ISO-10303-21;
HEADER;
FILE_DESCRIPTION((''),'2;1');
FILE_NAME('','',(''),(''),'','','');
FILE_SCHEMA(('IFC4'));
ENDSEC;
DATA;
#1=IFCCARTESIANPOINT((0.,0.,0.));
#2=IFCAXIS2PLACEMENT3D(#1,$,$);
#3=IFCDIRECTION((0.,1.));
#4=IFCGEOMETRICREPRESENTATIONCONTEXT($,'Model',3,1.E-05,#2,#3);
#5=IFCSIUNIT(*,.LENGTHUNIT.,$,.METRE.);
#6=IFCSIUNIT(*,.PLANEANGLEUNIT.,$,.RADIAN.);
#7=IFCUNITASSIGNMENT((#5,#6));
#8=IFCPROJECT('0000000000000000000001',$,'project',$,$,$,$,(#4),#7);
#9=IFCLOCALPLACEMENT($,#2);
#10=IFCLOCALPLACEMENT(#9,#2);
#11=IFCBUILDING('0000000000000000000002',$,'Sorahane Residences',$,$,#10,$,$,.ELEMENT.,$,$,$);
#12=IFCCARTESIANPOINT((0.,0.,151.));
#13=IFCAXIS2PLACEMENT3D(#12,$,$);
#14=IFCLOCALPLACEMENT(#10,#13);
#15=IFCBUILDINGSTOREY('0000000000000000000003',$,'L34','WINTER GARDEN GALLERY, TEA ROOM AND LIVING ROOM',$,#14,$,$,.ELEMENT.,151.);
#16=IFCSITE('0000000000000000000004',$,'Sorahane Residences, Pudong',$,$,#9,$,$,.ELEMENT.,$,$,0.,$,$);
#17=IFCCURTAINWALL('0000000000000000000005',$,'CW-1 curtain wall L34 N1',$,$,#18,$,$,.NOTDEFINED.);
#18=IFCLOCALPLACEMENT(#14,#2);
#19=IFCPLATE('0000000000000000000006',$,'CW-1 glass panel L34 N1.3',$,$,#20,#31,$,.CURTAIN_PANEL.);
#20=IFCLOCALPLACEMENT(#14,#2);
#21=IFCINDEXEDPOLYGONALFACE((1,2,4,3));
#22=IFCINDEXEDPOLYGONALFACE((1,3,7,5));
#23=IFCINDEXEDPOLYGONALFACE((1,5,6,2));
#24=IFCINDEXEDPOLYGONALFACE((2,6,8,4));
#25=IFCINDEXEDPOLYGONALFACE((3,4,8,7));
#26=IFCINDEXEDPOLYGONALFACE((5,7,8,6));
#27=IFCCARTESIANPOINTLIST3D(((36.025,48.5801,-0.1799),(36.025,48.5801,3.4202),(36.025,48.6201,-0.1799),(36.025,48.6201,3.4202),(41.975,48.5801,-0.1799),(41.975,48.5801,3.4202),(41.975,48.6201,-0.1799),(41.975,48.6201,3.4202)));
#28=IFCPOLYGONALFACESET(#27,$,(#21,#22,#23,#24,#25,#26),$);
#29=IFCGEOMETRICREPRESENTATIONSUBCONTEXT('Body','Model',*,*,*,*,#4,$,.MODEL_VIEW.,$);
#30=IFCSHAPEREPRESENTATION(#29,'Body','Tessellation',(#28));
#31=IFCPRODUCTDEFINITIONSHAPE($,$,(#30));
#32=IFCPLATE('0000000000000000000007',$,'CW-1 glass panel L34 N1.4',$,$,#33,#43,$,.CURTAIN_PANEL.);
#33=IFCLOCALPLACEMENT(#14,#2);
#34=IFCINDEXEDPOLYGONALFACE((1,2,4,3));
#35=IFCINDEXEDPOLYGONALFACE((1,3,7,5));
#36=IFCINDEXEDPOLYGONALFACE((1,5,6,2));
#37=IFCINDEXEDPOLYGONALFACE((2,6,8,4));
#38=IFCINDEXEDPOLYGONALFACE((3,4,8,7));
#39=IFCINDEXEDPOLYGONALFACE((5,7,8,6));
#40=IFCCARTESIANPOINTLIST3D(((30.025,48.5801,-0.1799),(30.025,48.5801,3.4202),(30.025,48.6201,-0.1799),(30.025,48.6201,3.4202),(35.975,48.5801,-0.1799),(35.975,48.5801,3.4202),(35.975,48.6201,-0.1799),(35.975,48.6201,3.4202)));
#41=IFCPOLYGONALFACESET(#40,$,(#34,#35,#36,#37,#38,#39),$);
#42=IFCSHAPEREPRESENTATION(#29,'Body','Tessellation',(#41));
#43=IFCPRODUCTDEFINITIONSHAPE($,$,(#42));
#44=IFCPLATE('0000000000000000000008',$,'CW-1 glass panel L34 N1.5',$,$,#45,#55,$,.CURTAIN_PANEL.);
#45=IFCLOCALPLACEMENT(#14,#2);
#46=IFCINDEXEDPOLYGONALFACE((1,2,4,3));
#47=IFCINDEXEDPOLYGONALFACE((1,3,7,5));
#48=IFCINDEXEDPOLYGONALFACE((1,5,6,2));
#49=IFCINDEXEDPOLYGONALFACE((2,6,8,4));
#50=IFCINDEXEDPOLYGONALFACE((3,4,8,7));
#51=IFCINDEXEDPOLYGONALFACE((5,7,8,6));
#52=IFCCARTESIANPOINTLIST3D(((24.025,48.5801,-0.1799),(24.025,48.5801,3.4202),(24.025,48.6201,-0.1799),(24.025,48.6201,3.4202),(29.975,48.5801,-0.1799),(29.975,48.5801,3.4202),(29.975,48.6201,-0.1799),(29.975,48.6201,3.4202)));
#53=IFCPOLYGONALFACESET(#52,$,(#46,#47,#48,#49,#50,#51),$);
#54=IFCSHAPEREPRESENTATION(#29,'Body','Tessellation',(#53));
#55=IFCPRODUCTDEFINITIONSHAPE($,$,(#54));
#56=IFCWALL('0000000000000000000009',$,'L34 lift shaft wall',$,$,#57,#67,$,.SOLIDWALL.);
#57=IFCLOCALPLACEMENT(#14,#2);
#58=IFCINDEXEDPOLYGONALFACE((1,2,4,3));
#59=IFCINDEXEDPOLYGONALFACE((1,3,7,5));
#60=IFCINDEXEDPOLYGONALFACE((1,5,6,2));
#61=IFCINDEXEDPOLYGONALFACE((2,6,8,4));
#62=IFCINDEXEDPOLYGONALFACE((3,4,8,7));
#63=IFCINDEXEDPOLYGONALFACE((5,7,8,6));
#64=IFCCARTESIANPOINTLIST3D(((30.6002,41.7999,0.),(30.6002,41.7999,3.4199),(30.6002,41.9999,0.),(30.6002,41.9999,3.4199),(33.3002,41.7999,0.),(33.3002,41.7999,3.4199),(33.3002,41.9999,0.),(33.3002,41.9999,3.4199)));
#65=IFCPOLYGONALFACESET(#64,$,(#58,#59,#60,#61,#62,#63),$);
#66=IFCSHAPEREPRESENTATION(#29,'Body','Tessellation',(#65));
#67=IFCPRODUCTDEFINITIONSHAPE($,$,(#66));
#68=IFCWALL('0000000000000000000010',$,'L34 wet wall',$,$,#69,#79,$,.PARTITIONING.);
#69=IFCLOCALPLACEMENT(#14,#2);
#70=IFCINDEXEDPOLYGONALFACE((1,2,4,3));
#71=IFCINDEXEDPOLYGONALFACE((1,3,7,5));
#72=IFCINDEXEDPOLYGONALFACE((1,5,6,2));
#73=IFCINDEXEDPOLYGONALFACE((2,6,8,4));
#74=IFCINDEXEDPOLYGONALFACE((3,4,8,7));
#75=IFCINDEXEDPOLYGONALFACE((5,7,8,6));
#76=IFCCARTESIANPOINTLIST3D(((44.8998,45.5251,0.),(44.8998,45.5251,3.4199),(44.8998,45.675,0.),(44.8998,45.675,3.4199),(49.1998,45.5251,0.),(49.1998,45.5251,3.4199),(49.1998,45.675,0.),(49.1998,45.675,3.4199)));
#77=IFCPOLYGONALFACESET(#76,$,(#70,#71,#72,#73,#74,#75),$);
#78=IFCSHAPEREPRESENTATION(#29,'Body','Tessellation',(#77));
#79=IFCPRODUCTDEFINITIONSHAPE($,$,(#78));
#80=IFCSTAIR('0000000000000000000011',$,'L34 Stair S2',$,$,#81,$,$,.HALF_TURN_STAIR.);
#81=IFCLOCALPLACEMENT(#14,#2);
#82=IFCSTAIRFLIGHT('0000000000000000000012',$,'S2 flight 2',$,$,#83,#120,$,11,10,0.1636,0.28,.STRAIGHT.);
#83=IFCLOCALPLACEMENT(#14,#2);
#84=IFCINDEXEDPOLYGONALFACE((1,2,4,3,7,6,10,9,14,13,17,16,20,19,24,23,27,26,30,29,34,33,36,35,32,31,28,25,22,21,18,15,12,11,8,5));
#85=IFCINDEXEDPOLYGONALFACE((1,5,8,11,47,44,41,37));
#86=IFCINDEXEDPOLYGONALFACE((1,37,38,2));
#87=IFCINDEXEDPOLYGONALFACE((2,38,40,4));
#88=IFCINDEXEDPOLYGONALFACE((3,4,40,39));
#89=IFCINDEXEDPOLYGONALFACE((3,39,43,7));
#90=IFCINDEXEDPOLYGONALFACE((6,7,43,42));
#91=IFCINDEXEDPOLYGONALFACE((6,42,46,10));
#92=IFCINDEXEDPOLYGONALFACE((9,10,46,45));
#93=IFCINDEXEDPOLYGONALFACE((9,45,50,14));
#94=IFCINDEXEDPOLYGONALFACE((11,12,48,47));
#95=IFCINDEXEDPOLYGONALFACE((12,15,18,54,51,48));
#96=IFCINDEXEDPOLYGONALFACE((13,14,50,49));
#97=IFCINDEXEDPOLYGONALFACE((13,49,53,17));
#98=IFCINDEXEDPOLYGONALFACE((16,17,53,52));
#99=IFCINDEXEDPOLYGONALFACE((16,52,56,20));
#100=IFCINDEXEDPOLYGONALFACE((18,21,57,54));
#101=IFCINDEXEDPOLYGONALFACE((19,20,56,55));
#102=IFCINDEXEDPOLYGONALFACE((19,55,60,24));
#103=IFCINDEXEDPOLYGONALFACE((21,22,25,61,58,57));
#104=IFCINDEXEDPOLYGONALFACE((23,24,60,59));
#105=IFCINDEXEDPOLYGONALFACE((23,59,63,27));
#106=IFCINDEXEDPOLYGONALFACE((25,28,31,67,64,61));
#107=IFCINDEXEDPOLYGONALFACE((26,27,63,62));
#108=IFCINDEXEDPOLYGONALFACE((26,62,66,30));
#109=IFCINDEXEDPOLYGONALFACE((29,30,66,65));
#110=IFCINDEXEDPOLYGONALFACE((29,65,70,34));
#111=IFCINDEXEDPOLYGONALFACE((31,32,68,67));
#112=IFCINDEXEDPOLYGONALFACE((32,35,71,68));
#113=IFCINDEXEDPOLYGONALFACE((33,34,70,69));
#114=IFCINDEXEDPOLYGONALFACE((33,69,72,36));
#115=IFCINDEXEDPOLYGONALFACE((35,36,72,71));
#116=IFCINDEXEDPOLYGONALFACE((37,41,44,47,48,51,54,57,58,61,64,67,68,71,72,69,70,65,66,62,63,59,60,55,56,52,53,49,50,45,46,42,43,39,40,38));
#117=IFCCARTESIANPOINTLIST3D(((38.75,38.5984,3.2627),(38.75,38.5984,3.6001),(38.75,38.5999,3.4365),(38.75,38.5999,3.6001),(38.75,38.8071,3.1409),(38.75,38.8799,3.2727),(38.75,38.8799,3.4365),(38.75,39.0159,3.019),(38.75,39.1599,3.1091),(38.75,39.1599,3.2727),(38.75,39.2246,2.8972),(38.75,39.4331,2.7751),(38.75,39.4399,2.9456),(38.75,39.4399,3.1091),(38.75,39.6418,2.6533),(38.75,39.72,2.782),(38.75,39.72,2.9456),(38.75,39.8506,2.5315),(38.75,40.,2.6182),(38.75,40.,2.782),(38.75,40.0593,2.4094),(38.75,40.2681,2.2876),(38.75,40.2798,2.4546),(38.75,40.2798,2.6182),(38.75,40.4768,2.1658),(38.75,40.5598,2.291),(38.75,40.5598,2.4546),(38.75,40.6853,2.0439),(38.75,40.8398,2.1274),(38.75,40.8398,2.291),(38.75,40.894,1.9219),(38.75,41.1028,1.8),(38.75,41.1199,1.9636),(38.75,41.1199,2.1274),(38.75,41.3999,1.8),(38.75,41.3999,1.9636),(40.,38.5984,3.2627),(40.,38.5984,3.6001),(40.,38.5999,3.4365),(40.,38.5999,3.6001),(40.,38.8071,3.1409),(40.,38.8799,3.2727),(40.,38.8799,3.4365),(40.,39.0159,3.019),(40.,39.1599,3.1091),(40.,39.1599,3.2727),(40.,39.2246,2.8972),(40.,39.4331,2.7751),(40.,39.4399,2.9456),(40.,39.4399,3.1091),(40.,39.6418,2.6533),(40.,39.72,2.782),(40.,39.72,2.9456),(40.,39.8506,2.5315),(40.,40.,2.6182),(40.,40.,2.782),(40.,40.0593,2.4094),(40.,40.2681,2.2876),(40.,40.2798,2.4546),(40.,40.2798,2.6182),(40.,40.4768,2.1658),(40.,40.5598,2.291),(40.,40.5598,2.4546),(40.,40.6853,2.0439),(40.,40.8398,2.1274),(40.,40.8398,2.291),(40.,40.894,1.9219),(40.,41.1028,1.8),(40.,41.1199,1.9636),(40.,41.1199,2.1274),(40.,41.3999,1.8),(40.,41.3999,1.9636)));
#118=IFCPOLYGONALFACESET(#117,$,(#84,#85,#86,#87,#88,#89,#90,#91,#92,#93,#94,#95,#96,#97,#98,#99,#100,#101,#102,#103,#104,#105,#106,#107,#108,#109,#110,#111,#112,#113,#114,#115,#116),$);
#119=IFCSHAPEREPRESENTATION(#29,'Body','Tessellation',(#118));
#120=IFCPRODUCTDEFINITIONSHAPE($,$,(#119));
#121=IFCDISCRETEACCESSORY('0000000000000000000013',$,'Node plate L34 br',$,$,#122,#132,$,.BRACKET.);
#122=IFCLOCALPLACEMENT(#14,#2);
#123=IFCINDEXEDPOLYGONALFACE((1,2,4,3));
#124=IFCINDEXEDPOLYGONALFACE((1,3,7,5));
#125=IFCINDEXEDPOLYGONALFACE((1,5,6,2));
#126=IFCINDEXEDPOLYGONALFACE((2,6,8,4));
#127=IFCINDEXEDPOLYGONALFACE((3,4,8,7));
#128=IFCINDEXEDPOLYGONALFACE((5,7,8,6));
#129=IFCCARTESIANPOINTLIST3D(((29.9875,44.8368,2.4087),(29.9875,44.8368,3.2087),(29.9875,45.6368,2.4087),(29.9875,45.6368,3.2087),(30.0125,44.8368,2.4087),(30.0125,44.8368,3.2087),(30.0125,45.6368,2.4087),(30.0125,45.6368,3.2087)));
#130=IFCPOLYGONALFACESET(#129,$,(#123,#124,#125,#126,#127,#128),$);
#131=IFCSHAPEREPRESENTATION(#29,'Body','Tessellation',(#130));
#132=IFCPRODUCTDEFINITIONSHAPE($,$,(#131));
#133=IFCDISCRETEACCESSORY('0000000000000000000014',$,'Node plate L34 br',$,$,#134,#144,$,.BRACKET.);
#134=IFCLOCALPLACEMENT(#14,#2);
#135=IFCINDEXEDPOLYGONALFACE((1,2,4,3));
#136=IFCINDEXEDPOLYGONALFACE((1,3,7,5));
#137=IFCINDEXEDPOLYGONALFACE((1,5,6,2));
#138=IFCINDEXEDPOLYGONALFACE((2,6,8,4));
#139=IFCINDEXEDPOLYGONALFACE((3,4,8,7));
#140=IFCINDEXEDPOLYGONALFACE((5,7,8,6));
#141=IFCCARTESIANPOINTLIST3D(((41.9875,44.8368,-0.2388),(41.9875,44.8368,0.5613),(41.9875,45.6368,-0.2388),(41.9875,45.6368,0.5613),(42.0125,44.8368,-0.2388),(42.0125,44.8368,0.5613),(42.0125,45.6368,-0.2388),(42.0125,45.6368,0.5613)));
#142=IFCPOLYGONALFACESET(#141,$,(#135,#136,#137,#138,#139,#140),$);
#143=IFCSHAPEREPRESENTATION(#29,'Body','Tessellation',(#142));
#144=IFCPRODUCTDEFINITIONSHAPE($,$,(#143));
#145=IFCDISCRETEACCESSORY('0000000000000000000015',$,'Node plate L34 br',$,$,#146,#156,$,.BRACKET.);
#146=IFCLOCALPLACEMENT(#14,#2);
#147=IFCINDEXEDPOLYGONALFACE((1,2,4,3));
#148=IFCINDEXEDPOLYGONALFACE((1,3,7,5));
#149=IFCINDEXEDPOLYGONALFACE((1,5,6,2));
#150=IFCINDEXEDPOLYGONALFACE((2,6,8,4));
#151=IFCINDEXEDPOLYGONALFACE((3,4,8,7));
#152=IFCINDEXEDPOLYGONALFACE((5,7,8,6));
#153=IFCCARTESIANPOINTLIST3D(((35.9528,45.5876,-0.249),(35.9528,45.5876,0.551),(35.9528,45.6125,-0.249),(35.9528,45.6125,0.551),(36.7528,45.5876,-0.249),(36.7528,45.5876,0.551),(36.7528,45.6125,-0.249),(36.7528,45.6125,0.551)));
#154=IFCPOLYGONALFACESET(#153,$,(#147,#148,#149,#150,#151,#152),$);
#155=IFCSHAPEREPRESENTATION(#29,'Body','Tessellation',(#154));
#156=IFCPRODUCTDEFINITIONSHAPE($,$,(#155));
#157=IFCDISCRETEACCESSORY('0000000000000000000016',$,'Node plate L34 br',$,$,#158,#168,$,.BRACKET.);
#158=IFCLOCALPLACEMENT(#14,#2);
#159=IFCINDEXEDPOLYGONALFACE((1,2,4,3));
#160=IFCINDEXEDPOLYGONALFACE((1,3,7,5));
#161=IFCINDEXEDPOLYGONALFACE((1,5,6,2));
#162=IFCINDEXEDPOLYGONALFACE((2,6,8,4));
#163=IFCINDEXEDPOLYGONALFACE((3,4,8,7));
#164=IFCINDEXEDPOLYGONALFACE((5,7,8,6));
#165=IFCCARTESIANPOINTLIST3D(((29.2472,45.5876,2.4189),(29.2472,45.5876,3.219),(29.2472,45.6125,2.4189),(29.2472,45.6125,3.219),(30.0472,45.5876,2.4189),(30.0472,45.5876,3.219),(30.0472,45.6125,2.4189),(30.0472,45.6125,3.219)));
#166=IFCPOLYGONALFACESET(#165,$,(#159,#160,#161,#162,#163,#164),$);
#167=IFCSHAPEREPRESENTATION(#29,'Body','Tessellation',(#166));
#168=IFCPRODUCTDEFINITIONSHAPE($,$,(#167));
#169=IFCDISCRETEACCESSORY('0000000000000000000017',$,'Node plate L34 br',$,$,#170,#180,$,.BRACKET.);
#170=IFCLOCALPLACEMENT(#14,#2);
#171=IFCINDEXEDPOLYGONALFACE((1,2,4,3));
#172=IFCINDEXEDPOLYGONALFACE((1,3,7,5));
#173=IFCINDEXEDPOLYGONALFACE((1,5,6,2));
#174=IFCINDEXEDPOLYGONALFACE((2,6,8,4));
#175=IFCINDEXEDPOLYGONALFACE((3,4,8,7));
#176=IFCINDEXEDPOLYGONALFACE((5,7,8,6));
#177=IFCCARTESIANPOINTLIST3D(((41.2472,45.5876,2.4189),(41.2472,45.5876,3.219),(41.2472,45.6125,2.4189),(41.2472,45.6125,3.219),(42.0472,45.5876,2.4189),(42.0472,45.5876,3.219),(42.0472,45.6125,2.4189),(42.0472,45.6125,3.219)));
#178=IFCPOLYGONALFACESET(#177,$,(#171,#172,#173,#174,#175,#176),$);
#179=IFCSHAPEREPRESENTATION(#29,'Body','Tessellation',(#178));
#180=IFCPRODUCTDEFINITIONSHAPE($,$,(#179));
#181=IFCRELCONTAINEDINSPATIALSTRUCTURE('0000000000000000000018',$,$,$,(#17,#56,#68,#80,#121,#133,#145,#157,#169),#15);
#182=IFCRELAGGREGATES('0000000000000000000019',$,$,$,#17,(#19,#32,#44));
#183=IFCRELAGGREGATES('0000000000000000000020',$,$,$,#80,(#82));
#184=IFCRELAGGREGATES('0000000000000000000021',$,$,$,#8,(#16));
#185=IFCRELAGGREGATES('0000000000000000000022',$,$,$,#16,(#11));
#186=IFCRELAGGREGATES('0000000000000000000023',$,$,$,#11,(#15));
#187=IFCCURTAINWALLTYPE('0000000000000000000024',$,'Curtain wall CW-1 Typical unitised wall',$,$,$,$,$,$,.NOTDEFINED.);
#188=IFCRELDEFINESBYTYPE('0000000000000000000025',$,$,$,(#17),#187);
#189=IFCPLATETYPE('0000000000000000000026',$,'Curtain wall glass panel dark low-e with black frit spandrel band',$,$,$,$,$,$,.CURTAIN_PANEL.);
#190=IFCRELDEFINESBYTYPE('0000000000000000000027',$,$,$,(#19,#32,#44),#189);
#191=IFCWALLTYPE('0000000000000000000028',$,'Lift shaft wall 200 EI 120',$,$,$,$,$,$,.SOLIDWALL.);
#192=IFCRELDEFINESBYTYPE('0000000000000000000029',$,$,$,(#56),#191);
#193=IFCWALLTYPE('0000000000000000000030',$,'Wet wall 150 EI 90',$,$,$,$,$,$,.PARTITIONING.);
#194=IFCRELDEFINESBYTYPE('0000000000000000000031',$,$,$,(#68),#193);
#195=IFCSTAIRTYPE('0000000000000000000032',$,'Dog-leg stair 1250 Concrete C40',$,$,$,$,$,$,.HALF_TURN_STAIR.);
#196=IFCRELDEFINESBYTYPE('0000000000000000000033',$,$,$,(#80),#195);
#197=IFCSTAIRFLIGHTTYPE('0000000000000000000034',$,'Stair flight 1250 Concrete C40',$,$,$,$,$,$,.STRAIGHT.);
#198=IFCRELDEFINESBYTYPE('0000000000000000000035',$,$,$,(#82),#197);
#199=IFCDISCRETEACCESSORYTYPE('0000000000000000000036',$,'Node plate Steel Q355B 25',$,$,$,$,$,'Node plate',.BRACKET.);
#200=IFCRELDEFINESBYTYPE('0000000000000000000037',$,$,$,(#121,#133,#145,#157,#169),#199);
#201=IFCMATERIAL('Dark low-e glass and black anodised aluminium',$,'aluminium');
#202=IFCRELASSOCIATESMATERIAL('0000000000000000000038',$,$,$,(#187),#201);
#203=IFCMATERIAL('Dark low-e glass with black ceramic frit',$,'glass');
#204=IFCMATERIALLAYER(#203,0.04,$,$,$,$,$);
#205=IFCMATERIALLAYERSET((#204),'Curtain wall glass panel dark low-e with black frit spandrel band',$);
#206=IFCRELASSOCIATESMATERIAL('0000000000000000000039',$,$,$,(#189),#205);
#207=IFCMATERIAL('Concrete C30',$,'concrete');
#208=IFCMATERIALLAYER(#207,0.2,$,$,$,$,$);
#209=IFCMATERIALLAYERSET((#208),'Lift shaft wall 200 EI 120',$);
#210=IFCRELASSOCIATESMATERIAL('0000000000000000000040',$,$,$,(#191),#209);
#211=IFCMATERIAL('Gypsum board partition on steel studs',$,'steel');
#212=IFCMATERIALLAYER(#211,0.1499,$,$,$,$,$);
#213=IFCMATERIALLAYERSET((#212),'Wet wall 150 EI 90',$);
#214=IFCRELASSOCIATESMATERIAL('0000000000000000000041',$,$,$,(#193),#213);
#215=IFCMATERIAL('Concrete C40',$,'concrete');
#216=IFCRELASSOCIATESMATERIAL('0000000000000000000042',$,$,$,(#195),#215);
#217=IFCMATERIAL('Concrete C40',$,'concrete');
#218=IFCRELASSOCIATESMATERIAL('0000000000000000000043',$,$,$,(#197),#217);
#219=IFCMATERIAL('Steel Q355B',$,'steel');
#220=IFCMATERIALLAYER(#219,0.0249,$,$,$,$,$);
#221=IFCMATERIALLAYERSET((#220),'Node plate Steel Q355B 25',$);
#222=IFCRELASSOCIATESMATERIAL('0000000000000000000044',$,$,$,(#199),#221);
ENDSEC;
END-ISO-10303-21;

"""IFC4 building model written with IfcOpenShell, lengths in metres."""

from ifc_helpers import new_model, si_unit, direction, frame, frame_2d, origin, origin_2d, place, context, subcontext, project, spatial, polyline, rectangle, outline, extrude, material, layer, layer_set, type_object, element, aggregate, save


model = new_model("IFC4")

# Units and contexts
model_context = context("Model", 3, precision=1e-05, world=origin(), true_north=direction((0.0, 1.0)))
body_context = subcontext(model_context, "Body", "Model", "MODEL_VIEW")
ifc_project = project(units=[si_unit("LENGTHUNIT", "METRE"), si_unit("PLANEANGLEUNIT", "RADIAN")], contexts=[model_context])

# Site, building, storey
site_placement = place(None, origin())
site = spatial("IfcSite", under=ifc_project, at=site_placement, Name="Sorahane Residences, Pudong", CompositionType="ELEMENT", RefElevation=0.0)
building_placement = place(site_placement, origin())
building = spatial("IfcBuilding", under=site, at=building_placement, Name="Sorahane Residences", CompositionType="ELEMENT")
storey_placement = place(building_placement, frame((0.0, 0.0, 151.0)))
storey = spatial("IfcBuildingStorey", under=building, at=storey_placement, Name="L34", Description="WINTER GARDEN GALLERY, TEA ROOM AND LIVING ROOM", CompositionType="ELEMENT", Elevation=151.0)

# Curtain wall
ifc_material_1 = material(Name="Dark low-e glass and black anodised aluminium", Category="aluminium")
curtain_wall_type = type_object("IfcCurtainWallType", Name="Curtain wall CW-1 Typical unitised wall", PredefinedType="NOTDEFINED", material=ifc_material_1)
curtain_wall_placement = place(storey_placement, origin())
curtain_wall = element("IfcCurtainWall", 1, at=curtain_wall_placement, inside=storey, type_object=curtain_wall_type, Name="CW-1 curtain wall L34 N1", PredefinedType="NOTDEFINED")

# Plates
ifc_material_2 = material(Name="Dark low-e glass with black ceramic frit", Category="glass")
ifc_layer_1 = layer(ifc_material_2, 0.04)
ifc_layer_set_1 = layer_set([ifc_layer_1], Name="Curtain wall glass panel dark low-e with black frit spandrel band")
plate_type = type_object("IfcPlateType", Name="Curtain wall glass panel dark low-e with black frit spandrel band", PredefinedType="CURTAIN_PANEL", material=ifc_layer_set_1)
plate_1_placement = place(storey_placement, frame((39.0, 48.6001, -0.1799), z_axis=(0.0, 0.0, 1.0), x_axis=(-1.0, 0.0, 0.0)))
plate_1 = element("IfcPlate", 2, at=plate_1_placement, type_object=plate_type, Name="CW-1 glass panel L34 N1.3", PredefinedType="CURTAIN_PANEL", context=body_context, shape_type="SweptSolid", body=[
    extrude(rectangle(XDim=5.95, YDim=0.04, at=origin_2d()), origin(), (0.0, 0.0, 1.0), 3.6001),
])
plate_2_placement = place(storey_placement, frame((33.0, 48.6001, -0.1799), z_axis=(0.0, 0.0, 1.0), x_axis=(-1.0, 0.0, 0.0)))
plate_2 = element("IfcPlate", 3, at=plate_2_placement, type_object=plate_type, Name="CW-1 glass panel L34 N1.4", PredefinedType="CURTAIN_PANEL", context=body_context, shape_type="SweptSolid", body=[
    extrude(rectangle(XDim=5.95, YDim=0.04, at=origin_2d()), origin(), (0.0, 0.0, 1.0), 3.6001),
])
plate_3_placement = place(storey_placement, frame((27.0, 48.6001, -0.1799), z_axis=(0.0, 0.0, 1.0), x_axis=(-1.0, 0.0, 0.0)))
plate_3 = element("IfcPlate", 4, at=plate_3_placement, type_object=plate_type, Name="CW-1 glass panel L34 N1.5", PredefinedType="CURTAIN_PANEL", context=body_context, shape_type="SweptSolid", body=[
    extrude(rectangle(XDim=5.95, YDim=0.04, at=origin_2d()), origin(), (0.0, 0.0, 1.0), 3.6001),
])
aggregate(curtain_wall, [plate_1, plate_2, plate_3])

# Walls
ifc_material_3 = material(Name="Concrete C30", Category="concrete")
ifc_layer_2 = layer(ifc_material_3, 0.2)
ifc_layer_set_2 = layer_set([ifc_layer_2], Name="Lift shaft wall 200 EI 120")
wall_type_1 = type_object("IfcWallType", Name="Lift shaft wall 200 EI 120", PredefinedType="SOLIDWALL", material=ifc_layer_set_2)
wall_1_placement = place(storey_placement, frame((30.6001, 41.8999, 0.0), z_axis=(0.0, 0.0, 1.0), x_axis=(1.0, 0.0, 0.0)))
element("IfcWall", 5, at=wall_1_placement, inside=storey, type_object=wall_type_1, Name="L34 lift shaft wall", PredefinedType="SOLIDWALL", context=body_context, shape_type="SweptSolid", body=[
    extrude(rectangle(XDim=2.7, YDim=0.2, at=frame_2d((1.3501, 0.0))), origin(), (0.0, 0.0, 1.0), 3.4199),
])
ifc_material_4 = material(Name="Gypsum board partition on steel studs", Category="steel")
ifc_layer_3 = layer(ifc_material_4, 0.1499)
ifc_layer_set_3 = layer_set([ifc_layer_3], Name="Wet wall 150 EI 90")
wall_type_2 = type_object("IfcWallType", Name="Wet wall 150 EI 90", PredefinedType="PARTITIONING", material=ifc_layer_set_3)
wall_2_placement = place(storey_placement, frame((44.8999, 45.6001, 0.0), z_axis=(0.0, 0.0, 1.0), x_axis=(1.0, 0.0, 0.0)))
element("IfcWall", 6, at=wall_2_placement, inside=storey, type_object=wall_type_2, Name="L34 wet wall", PredefinedType="PARTITIONING", context=body_context, shape_type="SweptSolid", body=[
    extrude(rectangle(XDim=4.3, YDim=0.1499, at=frame_2d((2.1499, 0.0))), origin(), (0.0, 0.0, 1.0), 3.4199),
])

# Stair, stair flight
ifc_material_5 = material(Name="Concrete C40", Category="concrete")
stair_type = type_object("IfcStairType", Name="Dog-leg stair 1250 Concrete C40", PredefinedType="HALF_TURN_STAIR", material=ifc_material_5)
stair_placement = place(storey_placement, origin())
stair = element("IfcStair", 7, at=stair_placement, inside=storey, type_object=stair_type, Name="L34 Stair S2", PredefinedType="HALF_TURN_STAIR")
ifc_material_6 = material(Name="Concrete C40", Category="concrete")
stair_flight_type = type_object("IfcStairFlightType", Name="Stair flight 1250 Concrete C40", PredefinedType="STRAIGHT", material=ifc_material_6)
stair_flight_placement = place(storey_placement, frame((39.375, 41.3999, 1.8), z_axis=(0.0, 0.0, 1.0), x_axis=(0.0, -1.0, 0.0)))
stair_flight = element("IfcStairFlight", 8, at=stair_flight_placement, type_object=stair_flight_type, Name="S2 flight 2", NumberOfRisers=11, NumberOfTreads=10, PredefinedType="STRAIGHT", RiserHeight=0.1636, TreadLength=0.28, context=body_context, shape_type="SweptSolid", body=[
    extrude(outline(polyline([(0.0, 0.0), (0.0, 0.1636), (0.28, 0.1636), (0.28, 0.3274), (0.5601, 0.3274), (0.5601, 0.491), (0.8401, 0.491), (0.8401, 0.6545), (1.1201, 0.6545), (1.1201, 0.8181), (1.3999, 0.8181), (1.3999, 0.9819), (1.6799, 0.9819), (1.6799, 1.1455), (1.96, 1.1455), (1.96, 1.3091), (2.24, 1.3091), (2.24, 1.4727), (2.52, 1.4727), (2.52, 1.6365), (2.8, 1.6365), (2.8, 1.8), (2.8015, 1.8), (2.8015, 1.4626), (2.5928, 1.3408), (2.384, 1.219), (2.1753, 1.0972), (1.9668, 0.9751), (1.7581, 0.8533), (1.5493, 0.7314), (1.3406, 0.6094), (1.1318, 0.4875), (0.9231, 0.3657), (0.7146, 0.2439), (0.5059, 0.1218), (0.2971, 0.0), (0.0, 0.0)])), frame((0.0, 0.625, 0.0), z_axis=(0.0, -1.0, 0.0), x_axis=(1.0, 0.0, 0.0)), (0.0, 0.0, 1.0), 1.25),
])
aggregate(stair, [stair_flight])

# Discrete accessories
ifc_material_7 = material(Name="Steel Q355B", Category="steel")
ifc_layer_4 = layer(ifc_material_7, 0.0249)
ifc_layer_set_4 = layer_set([ifc_layer_4], Name="Node plate Steel Q355B 25")
discrete_accessory_type = type_object("IfcDiscreteAccessoryType", Name="Node plate Steel Q355B 25", ElementType="Node plate", PredefinedType="BRACKET", material=ifc_layer_set_4)
for number, where, z_axis, x_axis, name in (
    (9, (30.0, 45.2368, 2.4087), (0.0, 0.0, 1.0), (0.0, 1.0, 0.0), "Node plate L34 br"),
    (10, (42.0, 45.2368, -0.2388), (0.0, 0.0, 1.0), (0.0, 1.0, 0.0), "Node plate L34 br"),
    (11, (36.3528, 45.6001, -0.249), (0.0, 0.0, 1.0), (1.0, 0.0, 0.0), "Node plate L34 br"),
    (12, (29.6472, 45.6001, 2.4189), (0.0, 0.0, 1.0), (1.0, 0.0, 0.0), "Node plate L34 br"),
    (13, (41.6472, 45.6001, 2.4189), (0.0, 0.0, 1.0), (1.0, 0.0, 0.0), "Node plate L34 br"),
):
    element("IfcDiscreteAccessory", number, at=place(storey_placement, frame(where, z_axis=z_axis, x_axis=x_axis)), inside=storey, type_object=discrete_accessory_type, Name=name, PredefinedType="BRACKET", context=body_context, shape_type="SweptSolid", body=[
        extrude(rectangle(XDim=0.8, YDim=0.0249, at=origin_2d()), origin(), (0.0, 0.0, 1.0), 0.8),
    ])

save(model, "model.ifc")
